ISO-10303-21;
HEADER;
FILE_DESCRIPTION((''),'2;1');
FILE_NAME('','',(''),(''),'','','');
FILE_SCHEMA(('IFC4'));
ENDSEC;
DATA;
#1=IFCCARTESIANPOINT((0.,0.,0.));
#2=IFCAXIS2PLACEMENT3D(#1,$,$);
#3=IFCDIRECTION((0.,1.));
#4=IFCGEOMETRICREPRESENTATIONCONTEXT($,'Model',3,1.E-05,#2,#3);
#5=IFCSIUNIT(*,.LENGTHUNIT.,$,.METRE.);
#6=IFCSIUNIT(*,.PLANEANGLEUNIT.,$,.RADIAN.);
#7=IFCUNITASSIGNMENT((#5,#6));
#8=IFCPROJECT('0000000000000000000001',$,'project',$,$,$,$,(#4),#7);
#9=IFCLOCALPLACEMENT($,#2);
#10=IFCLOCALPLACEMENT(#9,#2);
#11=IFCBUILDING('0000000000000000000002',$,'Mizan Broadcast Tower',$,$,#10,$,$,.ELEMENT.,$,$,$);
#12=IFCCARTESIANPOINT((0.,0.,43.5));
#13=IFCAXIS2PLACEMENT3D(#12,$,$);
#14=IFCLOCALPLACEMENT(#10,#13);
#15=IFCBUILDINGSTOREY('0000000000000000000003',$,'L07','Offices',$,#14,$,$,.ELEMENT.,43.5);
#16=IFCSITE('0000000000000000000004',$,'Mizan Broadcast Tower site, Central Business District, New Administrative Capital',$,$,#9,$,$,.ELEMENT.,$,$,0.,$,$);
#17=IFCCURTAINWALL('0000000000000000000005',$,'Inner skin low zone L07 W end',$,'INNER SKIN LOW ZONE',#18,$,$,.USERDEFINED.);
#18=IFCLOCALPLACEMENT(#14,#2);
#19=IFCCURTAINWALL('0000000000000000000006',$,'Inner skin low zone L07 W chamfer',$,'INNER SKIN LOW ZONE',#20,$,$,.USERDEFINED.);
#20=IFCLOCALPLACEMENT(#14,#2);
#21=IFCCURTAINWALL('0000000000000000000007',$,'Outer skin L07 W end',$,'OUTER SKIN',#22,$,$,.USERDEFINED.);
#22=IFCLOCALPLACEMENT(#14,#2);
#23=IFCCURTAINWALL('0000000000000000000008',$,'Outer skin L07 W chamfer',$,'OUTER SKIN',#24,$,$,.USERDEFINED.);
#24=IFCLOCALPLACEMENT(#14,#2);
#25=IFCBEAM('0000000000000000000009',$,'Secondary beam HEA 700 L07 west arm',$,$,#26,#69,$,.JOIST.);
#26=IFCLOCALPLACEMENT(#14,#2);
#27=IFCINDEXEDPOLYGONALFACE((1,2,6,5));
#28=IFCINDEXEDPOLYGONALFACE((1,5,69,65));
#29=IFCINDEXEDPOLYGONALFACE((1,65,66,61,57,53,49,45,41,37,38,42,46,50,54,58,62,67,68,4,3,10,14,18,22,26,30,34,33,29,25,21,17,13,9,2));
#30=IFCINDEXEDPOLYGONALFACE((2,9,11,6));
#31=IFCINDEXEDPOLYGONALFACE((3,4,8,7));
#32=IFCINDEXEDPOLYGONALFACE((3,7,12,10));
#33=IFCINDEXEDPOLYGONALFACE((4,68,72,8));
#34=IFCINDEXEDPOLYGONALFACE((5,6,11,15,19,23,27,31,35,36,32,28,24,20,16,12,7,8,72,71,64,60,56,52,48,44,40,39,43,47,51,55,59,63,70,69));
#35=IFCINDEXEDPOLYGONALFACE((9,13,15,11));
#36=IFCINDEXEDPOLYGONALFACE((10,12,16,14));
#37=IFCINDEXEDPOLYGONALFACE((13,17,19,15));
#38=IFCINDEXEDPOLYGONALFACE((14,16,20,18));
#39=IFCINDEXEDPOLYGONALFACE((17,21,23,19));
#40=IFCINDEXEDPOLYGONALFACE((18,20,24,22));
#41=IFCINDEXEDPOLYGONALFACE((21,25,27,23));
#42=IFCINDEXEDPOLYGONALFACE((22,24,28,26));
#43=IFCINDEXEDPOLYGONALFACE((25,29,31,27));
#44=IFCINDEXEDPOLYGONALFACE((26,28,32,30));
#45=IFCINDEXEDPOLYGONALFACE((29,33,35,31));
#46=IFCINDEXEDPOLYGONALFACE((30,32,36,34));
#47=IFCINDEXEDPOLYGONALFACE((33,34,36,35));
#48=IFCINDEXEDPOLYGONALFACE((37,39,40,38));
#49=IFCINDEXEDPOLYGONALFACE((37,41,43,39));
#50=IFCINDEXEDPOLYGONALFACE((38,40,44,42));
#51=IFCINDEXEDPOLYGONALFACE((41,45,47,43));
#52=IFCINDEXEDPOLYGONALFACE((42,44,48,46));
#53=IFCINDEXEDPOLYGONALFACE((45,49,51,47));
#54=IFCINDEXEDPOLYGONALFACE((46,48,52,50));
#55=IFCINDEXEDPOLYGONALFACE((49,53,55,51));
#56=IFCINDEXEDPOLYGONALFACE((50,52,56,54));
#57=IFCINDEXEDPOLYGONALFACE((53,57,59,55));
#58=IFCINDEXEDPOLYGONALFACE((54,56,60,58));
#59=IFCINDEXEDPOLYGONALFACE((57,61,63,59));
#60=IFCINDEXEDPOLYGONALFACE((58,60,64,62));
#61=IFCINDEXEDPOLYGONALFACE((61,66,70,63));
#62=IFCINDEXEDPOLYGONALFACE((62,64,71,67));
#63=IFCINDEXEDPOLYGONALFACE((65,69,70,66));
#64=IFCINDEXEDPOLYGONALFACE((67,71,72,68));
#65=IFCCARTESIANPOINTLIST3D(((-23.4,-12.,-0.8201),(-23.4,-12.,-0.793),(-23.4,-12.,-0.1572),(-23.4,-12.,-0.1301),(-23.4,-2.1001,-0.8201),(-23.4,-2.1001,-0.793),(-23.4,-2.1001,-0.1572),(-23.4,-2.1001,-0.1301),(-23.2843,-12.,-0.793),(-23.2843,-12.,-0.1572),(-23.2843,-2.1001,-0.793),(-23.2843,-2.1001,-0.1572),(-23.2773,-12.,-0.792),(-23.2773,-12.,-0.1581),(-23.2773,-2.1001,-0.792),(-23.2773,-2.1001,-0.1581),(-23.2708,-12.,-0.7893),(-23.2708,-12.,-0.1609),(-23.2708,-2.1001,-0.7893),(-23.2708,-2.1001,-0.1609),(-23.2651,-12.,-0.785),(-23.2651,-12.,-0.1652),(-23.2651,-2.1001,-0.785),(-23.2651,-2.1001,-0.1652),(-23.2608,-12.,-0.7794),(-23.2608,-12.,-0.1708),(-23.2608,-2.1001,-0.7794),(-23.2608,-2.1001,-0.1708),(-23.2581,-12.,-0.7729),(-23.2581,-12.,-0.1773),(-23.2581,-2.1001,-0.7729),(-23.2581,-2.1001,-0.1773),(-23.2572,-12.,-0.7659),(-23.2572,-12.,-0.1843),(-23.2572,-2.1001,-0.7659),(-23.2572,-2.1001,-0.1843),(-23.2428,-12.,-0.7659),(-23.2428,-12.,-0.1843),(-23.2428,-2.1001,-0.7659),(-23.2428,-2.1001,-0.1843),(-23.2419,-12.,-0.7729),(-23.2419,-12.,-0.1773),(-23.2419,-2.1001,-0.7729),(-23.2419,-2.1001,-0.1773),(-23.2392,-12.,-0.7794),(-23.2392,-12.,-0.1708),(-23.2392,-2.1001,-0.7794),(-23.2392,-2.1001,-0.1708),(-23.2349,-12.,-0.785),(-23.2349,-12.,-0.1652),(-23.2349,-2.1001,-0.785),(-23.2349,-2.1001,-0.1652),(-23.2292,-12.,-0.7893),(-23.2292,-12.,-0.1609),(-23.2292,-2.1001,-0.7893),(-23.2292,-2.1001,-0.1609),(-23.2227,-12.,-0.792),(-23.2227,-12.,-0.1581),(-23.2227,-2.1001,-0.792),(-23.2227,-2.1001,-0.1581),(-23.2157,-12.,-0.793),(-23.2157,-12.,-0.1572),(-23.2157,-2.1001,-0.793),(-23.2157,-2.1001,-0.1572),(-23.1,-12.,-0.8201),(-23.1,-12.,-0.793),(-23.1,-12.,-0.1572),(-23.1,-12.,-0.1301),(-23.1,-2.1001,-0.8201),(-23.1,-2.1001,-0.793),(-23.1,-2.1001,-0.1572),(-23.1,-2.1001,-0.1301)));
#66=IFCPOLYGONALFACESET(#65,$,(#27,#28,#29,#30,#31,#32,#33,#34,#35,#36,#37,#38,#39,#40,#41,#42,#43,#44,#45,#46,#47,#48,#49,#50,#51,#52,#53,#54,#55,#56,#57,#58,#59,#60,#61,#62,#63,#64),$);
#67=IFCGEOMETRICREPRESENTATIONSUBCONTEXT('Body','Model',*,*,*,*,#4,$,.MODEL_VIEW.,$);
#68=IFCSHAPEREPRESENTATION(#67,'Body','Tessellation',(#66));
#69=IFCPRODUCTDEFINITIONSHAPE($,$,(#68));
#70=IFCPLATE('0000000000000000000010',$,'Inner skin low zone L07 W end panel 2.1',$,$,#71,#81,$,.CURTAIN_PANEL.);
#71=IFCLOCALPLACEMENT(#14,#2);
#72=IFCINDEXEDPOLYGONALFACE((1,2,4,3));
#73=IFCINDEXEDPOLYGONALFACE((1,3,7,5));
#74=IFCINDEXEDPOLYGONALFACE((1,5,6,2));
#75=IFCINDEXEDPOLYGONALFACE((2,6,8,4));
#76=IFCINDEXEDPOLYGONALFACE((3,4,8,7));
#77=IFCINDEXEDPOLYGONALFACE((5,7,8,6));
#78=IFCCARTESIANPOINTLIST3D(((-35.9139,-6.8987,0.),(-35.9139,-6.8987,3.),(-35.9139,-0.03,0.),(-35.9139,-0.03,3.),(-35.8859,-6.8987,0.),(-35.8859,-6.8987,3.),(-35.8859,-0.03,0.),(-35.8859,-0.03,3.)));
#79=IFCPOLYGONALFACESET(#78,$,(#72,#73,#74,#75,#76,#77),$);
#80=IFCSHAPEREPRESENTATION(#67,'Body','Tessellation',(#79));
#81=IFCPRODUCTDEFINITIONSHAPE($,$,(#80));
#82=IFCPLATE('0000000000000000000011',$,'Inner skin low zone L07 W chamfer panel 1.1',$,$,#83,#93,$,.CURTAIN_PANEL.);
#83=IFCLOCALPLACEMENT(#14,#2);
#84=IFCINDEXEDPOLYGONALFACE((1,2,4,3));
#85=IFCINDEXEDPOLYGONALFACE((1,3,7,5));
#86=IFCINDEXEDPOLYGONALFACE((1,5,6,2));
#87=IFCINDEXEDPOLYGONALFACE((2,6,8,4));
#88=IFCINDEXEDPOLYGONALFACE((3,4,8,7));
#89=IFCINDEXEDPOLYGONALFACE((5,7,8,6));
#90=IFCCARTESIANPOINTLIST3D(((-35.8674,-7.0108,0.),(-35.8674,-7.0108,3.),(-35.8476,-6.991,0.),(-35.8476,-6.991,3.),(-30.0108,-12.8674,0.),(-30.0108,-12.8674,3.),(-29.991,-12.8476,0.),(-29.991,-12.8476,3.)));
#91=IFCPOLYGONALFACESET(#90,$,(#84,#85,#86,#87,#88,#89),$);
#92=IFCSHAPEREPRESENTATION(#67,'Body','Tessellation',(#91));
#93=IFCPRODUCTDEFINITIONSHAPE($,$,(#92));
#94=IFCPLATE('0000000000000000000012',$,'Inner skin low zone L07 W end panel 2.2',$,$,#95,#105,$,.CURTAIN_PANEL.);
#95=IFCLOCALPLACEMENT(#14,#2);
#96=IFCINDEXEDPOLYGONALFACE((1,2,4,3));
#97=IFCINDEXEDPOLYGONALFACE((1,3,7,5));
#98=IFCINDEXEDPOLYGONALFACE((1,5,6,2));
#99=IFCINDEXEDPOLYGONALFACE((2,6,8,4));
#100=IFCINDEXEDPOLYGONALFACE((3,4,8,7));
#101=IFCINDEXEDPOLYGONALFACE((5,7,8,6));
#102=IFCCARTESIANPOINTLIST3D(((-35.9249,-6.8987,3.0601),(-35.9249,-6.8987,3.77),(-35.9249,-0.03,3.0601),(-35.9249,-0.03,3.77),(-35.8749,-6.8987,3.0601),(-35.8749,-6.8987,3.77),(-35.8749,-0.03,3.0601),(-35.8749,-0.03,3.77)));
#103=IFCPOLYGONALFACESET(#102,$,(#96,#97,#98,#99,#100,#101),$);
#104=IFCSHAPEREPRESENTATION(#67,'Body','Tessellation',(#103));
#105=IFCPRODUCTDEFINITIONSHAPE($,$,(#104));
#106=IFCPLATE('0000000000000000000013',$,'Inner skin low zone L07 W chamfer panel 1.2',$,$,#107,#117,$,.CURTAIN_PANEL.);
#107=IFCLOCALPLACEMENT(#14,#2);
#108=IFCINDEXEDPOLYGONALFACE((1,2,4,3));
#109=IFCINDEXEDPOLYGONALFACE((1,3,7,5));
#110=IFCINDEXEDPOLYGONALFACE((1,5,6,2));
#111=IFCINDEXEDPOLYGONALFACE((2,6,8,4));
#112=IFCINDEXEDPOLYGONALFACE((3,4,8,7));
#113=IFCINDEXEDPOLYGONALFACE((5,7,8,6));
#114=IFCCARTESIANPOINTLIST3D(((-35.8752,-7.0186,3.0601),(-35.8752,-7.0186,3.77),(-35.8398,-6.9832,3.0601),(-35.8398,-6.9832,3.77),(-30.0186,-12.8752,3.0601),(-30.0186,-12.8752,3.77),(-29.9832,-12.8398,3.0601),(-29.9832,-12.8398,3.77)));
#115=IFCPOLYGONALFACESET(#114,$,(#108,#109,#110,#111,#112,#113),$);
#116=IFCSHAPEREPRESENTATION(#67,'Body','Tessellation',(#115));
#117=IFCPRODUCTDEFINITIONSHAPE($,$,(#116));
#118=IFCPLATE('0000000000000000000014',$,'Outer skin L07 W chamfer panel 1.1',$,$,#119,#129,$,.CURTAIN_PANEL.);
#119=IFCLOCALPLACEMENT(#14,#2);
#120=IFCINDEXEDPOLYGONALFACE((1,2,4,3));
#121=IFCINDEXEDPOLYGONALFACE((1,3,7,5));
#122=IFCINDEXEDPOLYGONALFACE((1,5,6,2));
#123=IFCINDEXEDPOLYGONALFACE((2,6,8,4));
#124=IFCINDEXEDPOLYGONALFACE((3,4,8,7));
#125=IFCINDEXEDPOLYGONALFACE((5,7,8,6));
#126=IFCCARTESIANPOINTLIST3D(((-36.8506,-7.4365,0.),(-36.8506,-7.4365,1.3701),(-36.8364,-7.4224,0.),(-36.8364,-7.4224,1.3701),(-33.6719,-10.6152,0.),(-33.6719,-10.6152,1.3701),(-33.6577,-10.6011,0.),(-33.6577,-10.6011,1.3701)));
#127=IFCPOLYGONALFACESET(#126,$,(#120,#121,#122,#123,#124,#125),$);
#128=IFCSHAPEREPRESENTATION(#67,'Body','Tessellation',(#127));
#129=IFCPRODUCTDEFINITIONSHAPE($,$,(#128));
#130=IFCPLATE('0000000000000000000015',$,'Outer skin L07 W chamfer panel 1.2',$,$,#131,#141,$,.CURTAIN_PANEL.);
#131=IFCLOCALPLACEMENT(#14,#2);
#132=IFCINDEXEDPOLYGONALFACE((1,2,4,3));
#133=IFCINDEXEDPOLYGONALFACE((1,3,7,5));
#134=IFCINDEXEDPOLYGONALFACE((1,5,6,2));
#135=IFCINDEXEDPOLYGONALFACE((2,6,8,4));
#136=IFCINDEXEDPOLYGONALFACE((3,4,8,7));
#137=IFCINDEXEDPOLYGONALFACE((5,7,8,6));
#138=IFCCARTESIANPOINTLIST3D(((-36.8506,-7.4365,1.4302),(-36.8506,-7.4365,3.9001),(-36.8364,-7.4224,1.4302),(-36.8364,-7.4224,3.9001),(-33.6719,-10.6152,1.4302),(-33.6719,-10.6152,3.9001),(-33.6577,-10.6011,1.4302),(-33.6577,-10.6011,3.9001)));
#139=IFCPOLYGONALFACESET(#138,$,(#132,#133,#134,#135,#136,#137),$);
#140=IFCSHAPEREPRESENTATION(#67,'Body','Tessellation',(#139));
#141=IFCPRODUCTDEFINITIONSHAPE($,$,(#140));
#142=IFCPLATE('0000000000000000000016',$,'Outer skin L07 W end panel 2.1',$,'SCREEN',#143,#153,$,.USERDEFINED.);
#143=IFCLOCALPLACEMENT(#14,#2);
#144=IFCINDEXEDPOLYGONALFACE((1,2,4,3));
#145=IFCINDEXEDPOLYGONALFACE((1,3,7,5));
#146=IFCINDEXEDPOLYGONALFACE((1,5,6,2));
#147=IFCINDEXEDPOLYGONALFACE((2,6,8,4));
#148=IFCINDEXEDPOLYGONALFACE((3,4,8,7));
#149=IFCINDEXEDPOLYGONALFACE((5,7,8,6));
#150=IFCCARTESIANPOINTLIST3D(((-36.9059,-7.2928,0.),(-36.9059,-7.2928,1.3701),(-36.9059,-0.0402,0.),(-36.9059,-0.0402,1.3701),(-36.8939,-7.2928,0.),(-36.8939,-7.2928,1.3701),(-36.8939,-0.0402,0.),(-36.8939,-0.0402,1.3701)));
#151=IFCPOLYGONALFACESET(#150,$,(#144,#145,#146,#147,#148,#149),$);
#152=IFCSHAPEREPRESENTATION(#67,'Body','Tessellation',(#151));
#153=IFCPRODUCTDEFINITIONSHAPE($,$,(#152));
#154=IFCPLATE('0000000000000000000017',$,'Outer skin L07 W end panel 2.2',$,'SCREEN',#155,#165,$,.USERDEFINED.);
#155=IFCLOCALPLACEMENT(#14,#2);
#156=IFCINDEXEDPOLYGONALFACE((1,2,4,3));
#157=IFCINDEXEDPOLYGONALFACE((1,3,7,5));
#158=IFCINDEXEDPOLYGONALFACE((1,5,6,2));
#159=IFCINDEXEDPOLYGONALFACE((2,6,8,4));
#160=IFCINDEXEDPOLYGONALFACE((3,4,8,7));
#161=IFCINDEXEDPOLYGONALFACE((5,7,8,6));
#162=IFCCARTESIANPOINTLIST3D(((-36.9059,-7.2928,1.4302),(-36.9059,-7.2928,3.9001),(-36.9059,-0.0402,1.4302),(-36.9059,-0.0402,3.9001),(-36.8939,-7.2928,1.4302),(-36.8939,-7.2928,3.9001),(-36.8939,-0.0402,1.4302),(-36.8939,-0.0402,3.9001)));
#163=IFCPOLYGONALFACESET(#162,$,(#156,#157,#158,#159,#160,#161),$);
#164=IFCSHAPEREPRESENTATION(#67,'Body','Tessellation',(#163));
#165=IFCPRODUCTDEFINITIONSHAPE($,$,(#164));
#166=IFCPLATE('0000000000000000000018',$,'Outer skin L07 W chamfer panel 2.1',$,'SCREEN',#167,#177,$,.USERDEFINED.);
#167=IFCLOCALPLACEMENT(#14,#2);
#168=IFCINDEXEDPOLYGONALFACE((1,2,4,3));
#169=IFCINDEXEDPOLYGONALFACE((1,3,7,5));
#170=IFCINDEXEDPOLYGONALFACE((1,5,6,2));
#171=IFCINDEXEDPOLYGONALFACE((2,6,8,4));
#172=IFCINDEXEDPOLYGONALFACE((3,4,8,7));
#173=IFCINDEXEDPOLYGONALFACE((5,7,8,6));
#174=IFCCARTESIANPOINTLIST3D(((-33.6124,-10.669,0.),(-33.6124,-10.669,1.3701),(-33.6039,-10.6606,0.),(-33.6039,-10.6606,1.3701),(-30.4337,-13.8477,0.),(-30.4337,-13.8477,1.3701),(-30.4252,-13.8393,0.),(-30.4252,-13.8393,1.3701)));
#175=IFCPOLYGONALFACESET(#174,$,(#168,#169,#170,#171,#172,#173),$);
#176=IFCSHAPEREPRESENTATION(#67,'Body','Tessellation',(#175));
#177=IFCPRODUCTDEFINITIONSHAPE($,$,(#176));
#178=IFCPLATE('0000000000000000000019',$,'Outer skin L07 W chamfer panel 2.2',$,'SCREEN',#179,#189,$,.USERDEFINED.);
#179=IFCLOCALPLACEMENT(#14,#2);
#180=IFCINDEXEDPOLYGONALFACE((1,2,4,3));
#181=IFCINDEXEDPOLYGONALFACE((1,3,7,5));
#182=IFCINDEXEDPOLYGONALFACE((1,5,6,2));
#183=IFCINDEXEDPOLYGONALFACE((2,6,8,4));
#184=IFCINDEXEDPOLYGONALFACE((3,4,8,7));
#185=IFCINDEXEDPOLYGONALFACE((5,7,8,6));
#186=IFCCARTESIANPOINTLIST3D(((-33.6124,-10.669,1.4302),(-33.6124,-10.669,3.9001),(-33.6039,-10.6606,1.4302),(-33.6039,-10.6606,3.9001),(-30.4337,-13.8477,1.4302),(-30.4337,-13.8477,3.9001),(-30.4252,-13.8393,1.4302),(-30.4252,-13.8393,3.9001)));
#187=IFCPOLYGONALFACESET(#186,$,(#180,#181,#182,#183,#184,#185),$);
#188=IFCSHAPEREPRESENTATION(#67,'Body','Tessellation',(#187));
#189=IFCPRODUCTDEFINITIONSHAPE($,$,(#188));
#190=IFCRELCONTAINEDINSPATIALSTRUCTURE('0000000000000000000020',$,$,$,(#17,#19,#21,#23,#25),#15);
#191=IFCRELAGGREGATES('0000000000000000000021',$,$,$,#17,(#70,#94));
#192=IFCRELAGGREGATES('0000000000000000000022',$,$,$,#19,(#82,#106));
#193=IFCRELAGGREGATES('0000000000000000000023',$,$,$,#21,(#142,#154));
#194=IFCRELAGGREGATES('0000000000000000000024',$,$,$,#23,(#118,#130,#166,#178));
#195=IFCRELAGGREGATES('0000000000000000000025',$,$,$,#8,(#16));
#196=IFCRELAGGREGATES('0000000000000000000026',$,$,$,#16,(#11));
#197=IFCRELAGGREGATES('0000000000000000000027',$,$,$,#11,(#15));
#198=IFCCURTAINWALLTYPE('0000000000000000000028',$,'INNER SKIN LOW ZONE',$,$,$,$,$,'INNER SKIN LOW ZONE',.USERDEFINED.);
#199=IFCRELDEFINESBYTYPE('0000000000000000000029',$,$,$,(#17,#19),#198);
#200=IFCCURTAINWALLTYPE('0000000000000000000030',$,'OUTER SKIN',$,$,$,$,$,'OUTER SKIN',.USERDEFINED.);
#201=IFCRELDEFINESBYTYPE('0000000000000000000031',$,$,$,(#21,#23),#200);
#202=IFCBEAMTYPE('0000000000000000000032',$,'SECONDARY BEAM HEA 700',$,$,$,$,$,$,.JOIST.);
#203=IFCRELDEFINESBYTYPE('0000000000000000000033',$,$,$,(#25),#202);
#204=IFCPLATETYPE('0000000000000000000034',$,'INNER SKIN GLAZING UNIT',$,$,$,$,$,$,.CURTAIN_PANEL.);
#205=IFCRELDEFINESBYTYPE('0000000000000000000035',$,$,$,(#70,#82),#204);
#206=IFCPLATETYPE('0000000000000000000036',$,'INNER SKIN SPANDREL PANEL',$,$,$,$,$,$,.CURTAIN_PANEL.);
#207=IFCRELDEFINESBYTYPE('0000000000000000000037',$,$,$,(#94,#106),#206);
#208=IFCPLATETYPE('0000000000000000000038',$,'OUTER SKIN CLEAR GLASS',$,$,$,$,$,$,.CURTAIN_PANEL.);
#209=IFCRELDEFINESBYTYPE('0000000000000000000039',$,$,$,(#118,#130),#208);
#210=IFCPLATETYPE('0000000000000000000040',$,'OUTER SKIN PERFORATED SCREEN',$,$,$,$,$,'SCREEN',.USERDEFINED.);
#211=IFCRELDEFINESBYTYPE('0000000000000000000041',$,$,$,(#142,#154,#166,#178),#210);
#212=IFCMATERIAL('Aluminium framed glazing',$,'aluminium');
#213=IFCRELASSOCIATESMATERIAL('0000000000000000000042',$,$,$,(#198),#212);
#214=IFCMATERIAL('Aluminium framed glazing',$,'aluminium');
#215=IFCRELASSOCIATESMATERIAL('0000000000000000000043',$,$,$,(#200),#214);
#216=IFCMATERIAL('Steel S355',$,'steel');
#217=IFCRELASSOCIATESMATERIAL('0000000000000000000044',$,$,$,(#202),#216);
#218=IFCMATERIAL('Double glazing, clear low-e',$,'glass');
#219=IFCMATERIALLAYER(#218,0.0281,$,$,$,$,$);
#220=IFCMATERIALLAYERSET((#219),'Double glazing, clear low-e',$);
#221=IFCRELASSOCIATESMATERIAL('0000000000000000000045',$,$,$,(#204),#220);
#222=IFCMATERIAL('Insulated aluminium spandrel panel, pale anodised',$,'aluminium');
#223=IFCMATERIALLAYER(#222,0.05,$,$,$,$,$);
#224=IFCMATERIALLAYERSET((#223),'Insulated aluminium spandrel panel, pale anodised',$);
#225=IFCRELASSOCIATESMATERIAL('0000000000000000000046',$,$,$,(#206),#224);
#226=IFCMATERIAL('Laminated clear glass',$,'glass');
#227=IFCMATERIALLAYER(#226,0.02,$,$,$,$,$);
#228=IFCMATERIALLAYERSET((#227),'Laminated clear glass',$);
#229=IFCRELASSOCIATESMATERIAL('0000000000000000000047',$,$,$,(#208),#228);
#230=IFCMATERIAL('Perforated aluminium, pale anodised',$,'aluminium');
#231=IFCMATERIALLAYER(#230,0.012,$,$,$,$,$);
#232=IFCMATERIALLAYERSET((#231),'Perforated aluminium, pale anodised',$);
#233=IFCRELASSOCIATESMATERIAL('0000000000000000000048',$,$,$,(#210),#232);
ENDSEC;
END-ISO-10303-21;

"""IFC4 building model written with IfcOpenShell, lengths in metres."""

from ifc_helpers import new_model, si_unit, direction, frame, origin, origin_2d, place, context, subcontext, project, spatial, rectangle, i_section, extrude, material, layer, layer_set, material_profile, profile_set, type_object, element, aggregate, save


model = new_model("IFC4")

# Units and contexts
model_context = context("Model", 3, precision=1e-05, world=origin(), true_north=direction((0.0, 1.0)))
body_context = subcontext(model_context, "Body", "Model", "MODEL_VIEW")
ifc_project = project(units=[si_unit("LENGTHUNIT", "METRE"), si_unit("PLANEANGLEUNIT", "RADIAN")], contexts=[model_context])

# Site, building, storey
site_placement = place(None, origin())
site = spatial("IfcSite", under=ifc_project, at=site_placement, Name="Mizan Broadcast Tower site, Central Business District, New Administrative Capital", CompositionType="ELEMENT", RefElevation=0.0)
building_placement = place(site_placement, origin())
building = spatial("IfcBuilding", under=site, at=building_placement, Name="Mizan Broadcast Tower", CompositionType="ELEMENT")
storey_placement = place(building_placement, frame((0.0, 0.0, 43.5)))
storey = spatial("IfcBuildingStorey", under=building, at=storey_placement, Name="L07", Description="Offices", CompositionType="ELEMENT", Elevation=43.5)

# Curtain walls
ifc_material_1 = material(Name="Aluminium framed glazing", Category="aluminium")
curtain_wall_type_1 = type_object("IfcCurtainWallType", Name="INNER SKIN LOW ZONE", ElementType="INNER SKIN LOW ZONE", PredefinedType="USERDEFINED", material=ifc_material_1)
curtain_wall_1_placement = place(storey_placement, origin())
curtain_wall_1 = element("IfcCurtainWall", 1, at=curtain_wall_1_placement, inside=storey, type_object=curtain_wall_type_1, Name="Inner skin low zone L07 W end", ObjectType="INNER SKIN LOW ZONE", PredefinedType="USERDEFINED")
curtain_wall_2_placement = place(storey_placement, origin())
curtain_wall_2 = element("IfcCurtainWall", 2, at=curtain_wall_2_placement, inside=storey, type_object=curtain_wall_type_1, Name="Inner skin low zone L07 W chamfer", ObjectType="INNER SKIN LOW ZONE", PredefinedType="USERDEFINED")
ifc_material_2 = material(Name="Aluminium framed glazing", Category="aluminium")
curtain_wall_type_2 = type_object("IfcCurtainWallType", Name="OUTER SKIN", ElementType="OUTER SKIN", PredefinedType="USERDEFINED", material=ifc_material_2)
curtain_wall_3_placement = place(storey_placement, origin())
curtain_wall_3 = element("IfcCurtainWall", 3, at=curtain_wall_3_placement, inside=storey, type_object=curtain_wall_type_2, Name="Outer skin L07 W end", ObjectType="OUTER SKIN", PredefinedType="USERDEFINED")
curtain_wall_4_placement = place(storey_placement, origin())
curtain_wall_4 = element("IfcCurtainWall", 4, at=curtain_wall_4_placement, inside=storey, type_object=curtain_wall_type_2, Name="Outer skin L07 W chamfer", ObjectType="OUTER SKIN", PredefinedType="USERDEFINED")

# Beam
ifc_material_3 = material(Name="Steel S355", Category="steel")
ifc_material_profile_1 = material_profile(ifc_material_3, i_section(OverallWidth=0.3, OverallDepth=0.6899, WebThickness=0.0144, FlangeThickness=0.0271, FilletRadius=0.0271, at=origin_2d()), Name="HEA 700")
ifc_profile_set_1 = profile_set([ifc_material_profile_1], Name="Steel S355")
beam_type_1 = type_object("IfcBeamType", Name="SECONDARY BEAM HEA 700", PredefinedType="JOIST", material=ifc_profile_set_1)
beam_1_placement = place(storey_placement, frame((-23.25, -12.0, -0.4751), z_axis=(0.0, 1.0, 0.0), x_axis=(-1.0, 0.0, 0.0)))
element("IfcBeam", 5, at=beam_1_placement, inside=storey, type_object=beam_type_1, Name="Secondary beam HEA 700 L07 west arm", PredefinedType="JOIST", context=body_context, shape_type="SweptSolid", body=[
    extrude(i_section(OverallWidth=0.3, OverallDepth=0.6899, WebThickness=0.0144, FlangeThickness=0.0271, FilletRadius=0.0271, at=origin_2d()), origin(), (0.0, 0.0, 1.0), 9.8999),
])

# Plates
ifc_material_4 = material(Name="Double glazing, clear low-e", Category="glass")
ifc_layer_1 = layer(ifc_material_4, 0.0281)
ifc_layer_set_1 = layer_set([ifc_layer_1], Name="Double glazing, clear low-e")
plate_type_1 = type_object("IfcPlateType", Name="INNER SKIN GLAZING UNIT", PredefinedType="CURTAIN_PANEL", material=ifc_layer_set_1)
plate_1_placement = place(storey_placement, frame((-35.8999, -3.4644, 0.0), z_axis=(0.0, 0.0, 1.0), x_axis=(0.0, -1.0, 0.0)))
plate_1 = element("IfcPlate", 6, at=plate_1_placement, type_object=plate_type_1, Name="Inner skin low zone L07 W end panel 2.1", PredefinedType="CURTAIN_PANEL", context=body_context, shape_type="SweptSolid", body=[
    extrude(rectangle(XDim=6.8687, YDim=0.0281, at=origin_2d()), origin(), (0.0, 0.0, 1.0), 3.0),
])
plate_2_placement = place(storey_placement, frame((-32.9292, -9.9292, 0.0), z_axis=(0.0, 0.0, 1.0), x_axis=(0.707107, -0.707107, 0.0)))
plate_2 = element("IfcPlate", 7, at=plate_2_placement, type_object=plate_type_1, Name="Inner skin low zone L07 W chamfer panel 1.1", PredefinedType="CURTAIN_PANEL", context=body_context, shape_type="SweptSolid", body=[
    extrude(rectangle(XDim=8.2825, YDim=0.0281, at=origin_2d()), origin(), (0.0, 0.0, 1.0), 3.0),
])
ifc_material_5 = material(Name="Insulated aluminium spandrel panel, pale anodised", Category="aluminium")
ifc_layer_2 = layer(ifc_material_5, 0.05)
ifc_layer_set_2 = layer_set([ifc_layer_2], Name="Insulated aluminium spandrel panel, pale anodised")
plate_type_2 = type_object("IfcPlateType", Name="INNER SKIN SPANDREL PANEL", PredefinedType="CURTAIN_PANEL", material=ifc_layer_set_2)
plate_3_placement = place(storey_placement, frame((-35.8999, -3.4644, 3.0601), z_axis=(0.0, 0.0, 1.0), x_axis=(0.0, -1.0, 0.0)))
plate_3 = element("IfcPlate", 8, at=plate_3_placement, type_object=plate_type_2, Name="Inner skin low zone L07 W end panel 2.2", PredefinedType="CURTAIN_PANEL", context=body_context, shape_type="SweptSolid", body=[
    extrude(rectangle(XDim=6.8687, YDim=0.05, at=origin_2d()), origin(), (0.0, 0.0, 1.0), 0.71),
])
aggregate(curtain_wall_1, [plate_1, plate_3])
plate_4_placement = place(storey_placement, frame((-32.9292, -9.9292, 3.0601), z_axis=(0.0, 0.0, 1.0), x_axis=(0.707107, -0.707107, 0.0)))
plate_4 = element("IfcPlate", 9, at=plate_4_placement, type_object=plate_type_2, Name="Inner skin low zone L07 W chamfer panel 1.2", PredefinedType="CURTAIN_PANEL", context=body_context, shape_type="SweptSolid", body=[
    extrude(rectangle(XDim=8.2825, YDim=0.05, at=origin_2d()), origin(), (0.0, 0.0, 1.0), 0.71),
])
aggregate(curtain_wall_2, [plate_2, plate_4])
ifc_material_6 = material(Name="Laminated clear glass", Category="glass")
ifc_layer_3 = layer(ifc_material_6, 0.02)
ifc_layer_set_3 = layer_set([ifc_layer_3], Name="Laminated clear glass")
plate_type_3 = type_object("IfcPlateType", Name="OUTER SKIN CLEAR GLASS", PredefinedType="CURTAIN_PANEL", material=ifc_layer_set_3)
plate_5_placement = place(storey_placement, frame((-35.2542, -9.0188, 0.0), z_axis=(0.0, 0.0, 1.0), x_axis=(0.707107, -0.707107, 0.0)))
plate_5 = element("IfcPlate", 10, at=plate_5_placement, type_object=plate_type_3, Name="Outer skin L07 W chamfer panel 1.1", PredefinedType="CURTAIN_PANEL", context=body_context, shape_type="SweptSolid", body=[
    extrude(rectangle(XDim=4.4954, YDim=0.02, at=origin_2d()), origin(), (0.0, 0.0, 1.0), 1.3701),
])
plate_6_placement = place(storey_placement, frame((-35.2542, -9.0188, 1.4302), z_axis=(0.0, 0.0, 1.0), x_axis=(0.707107, -0.707107, 0.0)))
plate_6 = element("IfcPlate", 11, at=plate_6_placement, type_object=plate_type_3, Name="Outer skin L07 W chamfer panel 1.2", PredefinedType="CURTAIN_PANEL", context=body_context, shape_type="SweptSolid", body=[
    extrude(rectangle(XDim=4.4954, YDim=0.02, at=origin_2d()), origin(), (0.0, 0.0, 1.0), 2.47),
])
ifc_material_7 = material(Name="Perforated aluminium, pale anodised", Category="aluminium")
ifc_layer_4 = layer(ifc_material_7, 0.012)
ifc_layer_set_4 = layer_set([ifc_layer_4], Name="Perforated aluminium, pale anodised")
plate_type_4 = type_object("IfcPlateType", Name="OUTER SKIN PERFORATED SCREEN", ElementType="SCREEN", PredefinedType="USERDEFINED", material=ifc_layer_set_4)
plate_7_placement = place(storey_placement, frame((-36.8999, -3.6665, 0.0), z_axis=(0.0, 0.0, 1.0), x_axis=(0.0, -1.0, 0.0)))
plate_7 = element("IfcPlate", 12, at=plate_7_placement, type_object=plate_type_4, Name="Outer skin L07 W end panel 2.1", ObjectType="SCREEN", PredefinedType="USERDEFINED", context=body_context, shape_type="SweptSolid", body=[
    extrude(rectangle(XDim=7.2527, YDim=0.012, at=origin_2d()), origin(), (0.0, 0.0, 1.0), 1.3701),
])
plate_8_placement = place(storey_placement, frame((-36.8999, -3.6665, 1.4302), z_axis=(0.0, 0.0, 1.0), x_axis=(0.0, -1.0, 0.0)))
plate_8 = element("IfcPlate", 13, at=plate_8_placement, type_object=plate_type_4, Name="Outer skin L07 W end panel 2.2", ObjectType="SCREEN", PredefinedType="USERDEFINED", context=body_context, shape_type="SweptSolid", body=[
    extrude(rectangle(XDim=7.2527, YDim=0.012, at=origin_2d()), origin(), (0.0, 0.0, 1.0), 2.47),
])
aggregate(curtain_wall_3, [plate_7, plate_8])
plate_9_placement = place(storey_placement, frame((-32.0188, -12.2542, 0.0), z_axis=(0.0, 0.0, 1.0), x_axis=(0.707107, -0.707107, 0.0)))
plate_9 = element("IfcPlate", 14, at=plate_9_placement, type_object=plate_type_4, Name="Outer skin L07 W chamfer panel 2.1", ObjectType="SCREEN", PredefinedType="USERDEFINED", context=body_context, shape_type="SweptSolid", body=[
    extrude(rectangle(XDim=4.4954, YDim=0.012, at=origin_2d()), origin(), (0.0, 0.0, 1.0), 1.3701),
])
plate_10_placement = place(storey_placement, frame((-32.0188, -12.2542, 1.4302), z_axis=(0.0, 0.0, 1.0), x_axis=(0.707107, -0.707107, 0.0)))
plate_10 = element("IfcPlate", 15, at=plate_10_placement, type_object=plate_type_4, Name="Outer skin L07 W chamfer panel 2.2", ObjectType="SCREEN", PredefinedType="USERDEFINED", context=body_context, shape_type="SweptSolid", body=[
    extrude(rectangle(XDim=4.4954, YDim=0.012, at=origin_2d()), origin(), (0.0, 0.0, 1.0), 2.47),
])
aggregate(curtain_wall_4, [plate_5, plate_6, plate_9, plate_10])

save(model, "model.ifc")
